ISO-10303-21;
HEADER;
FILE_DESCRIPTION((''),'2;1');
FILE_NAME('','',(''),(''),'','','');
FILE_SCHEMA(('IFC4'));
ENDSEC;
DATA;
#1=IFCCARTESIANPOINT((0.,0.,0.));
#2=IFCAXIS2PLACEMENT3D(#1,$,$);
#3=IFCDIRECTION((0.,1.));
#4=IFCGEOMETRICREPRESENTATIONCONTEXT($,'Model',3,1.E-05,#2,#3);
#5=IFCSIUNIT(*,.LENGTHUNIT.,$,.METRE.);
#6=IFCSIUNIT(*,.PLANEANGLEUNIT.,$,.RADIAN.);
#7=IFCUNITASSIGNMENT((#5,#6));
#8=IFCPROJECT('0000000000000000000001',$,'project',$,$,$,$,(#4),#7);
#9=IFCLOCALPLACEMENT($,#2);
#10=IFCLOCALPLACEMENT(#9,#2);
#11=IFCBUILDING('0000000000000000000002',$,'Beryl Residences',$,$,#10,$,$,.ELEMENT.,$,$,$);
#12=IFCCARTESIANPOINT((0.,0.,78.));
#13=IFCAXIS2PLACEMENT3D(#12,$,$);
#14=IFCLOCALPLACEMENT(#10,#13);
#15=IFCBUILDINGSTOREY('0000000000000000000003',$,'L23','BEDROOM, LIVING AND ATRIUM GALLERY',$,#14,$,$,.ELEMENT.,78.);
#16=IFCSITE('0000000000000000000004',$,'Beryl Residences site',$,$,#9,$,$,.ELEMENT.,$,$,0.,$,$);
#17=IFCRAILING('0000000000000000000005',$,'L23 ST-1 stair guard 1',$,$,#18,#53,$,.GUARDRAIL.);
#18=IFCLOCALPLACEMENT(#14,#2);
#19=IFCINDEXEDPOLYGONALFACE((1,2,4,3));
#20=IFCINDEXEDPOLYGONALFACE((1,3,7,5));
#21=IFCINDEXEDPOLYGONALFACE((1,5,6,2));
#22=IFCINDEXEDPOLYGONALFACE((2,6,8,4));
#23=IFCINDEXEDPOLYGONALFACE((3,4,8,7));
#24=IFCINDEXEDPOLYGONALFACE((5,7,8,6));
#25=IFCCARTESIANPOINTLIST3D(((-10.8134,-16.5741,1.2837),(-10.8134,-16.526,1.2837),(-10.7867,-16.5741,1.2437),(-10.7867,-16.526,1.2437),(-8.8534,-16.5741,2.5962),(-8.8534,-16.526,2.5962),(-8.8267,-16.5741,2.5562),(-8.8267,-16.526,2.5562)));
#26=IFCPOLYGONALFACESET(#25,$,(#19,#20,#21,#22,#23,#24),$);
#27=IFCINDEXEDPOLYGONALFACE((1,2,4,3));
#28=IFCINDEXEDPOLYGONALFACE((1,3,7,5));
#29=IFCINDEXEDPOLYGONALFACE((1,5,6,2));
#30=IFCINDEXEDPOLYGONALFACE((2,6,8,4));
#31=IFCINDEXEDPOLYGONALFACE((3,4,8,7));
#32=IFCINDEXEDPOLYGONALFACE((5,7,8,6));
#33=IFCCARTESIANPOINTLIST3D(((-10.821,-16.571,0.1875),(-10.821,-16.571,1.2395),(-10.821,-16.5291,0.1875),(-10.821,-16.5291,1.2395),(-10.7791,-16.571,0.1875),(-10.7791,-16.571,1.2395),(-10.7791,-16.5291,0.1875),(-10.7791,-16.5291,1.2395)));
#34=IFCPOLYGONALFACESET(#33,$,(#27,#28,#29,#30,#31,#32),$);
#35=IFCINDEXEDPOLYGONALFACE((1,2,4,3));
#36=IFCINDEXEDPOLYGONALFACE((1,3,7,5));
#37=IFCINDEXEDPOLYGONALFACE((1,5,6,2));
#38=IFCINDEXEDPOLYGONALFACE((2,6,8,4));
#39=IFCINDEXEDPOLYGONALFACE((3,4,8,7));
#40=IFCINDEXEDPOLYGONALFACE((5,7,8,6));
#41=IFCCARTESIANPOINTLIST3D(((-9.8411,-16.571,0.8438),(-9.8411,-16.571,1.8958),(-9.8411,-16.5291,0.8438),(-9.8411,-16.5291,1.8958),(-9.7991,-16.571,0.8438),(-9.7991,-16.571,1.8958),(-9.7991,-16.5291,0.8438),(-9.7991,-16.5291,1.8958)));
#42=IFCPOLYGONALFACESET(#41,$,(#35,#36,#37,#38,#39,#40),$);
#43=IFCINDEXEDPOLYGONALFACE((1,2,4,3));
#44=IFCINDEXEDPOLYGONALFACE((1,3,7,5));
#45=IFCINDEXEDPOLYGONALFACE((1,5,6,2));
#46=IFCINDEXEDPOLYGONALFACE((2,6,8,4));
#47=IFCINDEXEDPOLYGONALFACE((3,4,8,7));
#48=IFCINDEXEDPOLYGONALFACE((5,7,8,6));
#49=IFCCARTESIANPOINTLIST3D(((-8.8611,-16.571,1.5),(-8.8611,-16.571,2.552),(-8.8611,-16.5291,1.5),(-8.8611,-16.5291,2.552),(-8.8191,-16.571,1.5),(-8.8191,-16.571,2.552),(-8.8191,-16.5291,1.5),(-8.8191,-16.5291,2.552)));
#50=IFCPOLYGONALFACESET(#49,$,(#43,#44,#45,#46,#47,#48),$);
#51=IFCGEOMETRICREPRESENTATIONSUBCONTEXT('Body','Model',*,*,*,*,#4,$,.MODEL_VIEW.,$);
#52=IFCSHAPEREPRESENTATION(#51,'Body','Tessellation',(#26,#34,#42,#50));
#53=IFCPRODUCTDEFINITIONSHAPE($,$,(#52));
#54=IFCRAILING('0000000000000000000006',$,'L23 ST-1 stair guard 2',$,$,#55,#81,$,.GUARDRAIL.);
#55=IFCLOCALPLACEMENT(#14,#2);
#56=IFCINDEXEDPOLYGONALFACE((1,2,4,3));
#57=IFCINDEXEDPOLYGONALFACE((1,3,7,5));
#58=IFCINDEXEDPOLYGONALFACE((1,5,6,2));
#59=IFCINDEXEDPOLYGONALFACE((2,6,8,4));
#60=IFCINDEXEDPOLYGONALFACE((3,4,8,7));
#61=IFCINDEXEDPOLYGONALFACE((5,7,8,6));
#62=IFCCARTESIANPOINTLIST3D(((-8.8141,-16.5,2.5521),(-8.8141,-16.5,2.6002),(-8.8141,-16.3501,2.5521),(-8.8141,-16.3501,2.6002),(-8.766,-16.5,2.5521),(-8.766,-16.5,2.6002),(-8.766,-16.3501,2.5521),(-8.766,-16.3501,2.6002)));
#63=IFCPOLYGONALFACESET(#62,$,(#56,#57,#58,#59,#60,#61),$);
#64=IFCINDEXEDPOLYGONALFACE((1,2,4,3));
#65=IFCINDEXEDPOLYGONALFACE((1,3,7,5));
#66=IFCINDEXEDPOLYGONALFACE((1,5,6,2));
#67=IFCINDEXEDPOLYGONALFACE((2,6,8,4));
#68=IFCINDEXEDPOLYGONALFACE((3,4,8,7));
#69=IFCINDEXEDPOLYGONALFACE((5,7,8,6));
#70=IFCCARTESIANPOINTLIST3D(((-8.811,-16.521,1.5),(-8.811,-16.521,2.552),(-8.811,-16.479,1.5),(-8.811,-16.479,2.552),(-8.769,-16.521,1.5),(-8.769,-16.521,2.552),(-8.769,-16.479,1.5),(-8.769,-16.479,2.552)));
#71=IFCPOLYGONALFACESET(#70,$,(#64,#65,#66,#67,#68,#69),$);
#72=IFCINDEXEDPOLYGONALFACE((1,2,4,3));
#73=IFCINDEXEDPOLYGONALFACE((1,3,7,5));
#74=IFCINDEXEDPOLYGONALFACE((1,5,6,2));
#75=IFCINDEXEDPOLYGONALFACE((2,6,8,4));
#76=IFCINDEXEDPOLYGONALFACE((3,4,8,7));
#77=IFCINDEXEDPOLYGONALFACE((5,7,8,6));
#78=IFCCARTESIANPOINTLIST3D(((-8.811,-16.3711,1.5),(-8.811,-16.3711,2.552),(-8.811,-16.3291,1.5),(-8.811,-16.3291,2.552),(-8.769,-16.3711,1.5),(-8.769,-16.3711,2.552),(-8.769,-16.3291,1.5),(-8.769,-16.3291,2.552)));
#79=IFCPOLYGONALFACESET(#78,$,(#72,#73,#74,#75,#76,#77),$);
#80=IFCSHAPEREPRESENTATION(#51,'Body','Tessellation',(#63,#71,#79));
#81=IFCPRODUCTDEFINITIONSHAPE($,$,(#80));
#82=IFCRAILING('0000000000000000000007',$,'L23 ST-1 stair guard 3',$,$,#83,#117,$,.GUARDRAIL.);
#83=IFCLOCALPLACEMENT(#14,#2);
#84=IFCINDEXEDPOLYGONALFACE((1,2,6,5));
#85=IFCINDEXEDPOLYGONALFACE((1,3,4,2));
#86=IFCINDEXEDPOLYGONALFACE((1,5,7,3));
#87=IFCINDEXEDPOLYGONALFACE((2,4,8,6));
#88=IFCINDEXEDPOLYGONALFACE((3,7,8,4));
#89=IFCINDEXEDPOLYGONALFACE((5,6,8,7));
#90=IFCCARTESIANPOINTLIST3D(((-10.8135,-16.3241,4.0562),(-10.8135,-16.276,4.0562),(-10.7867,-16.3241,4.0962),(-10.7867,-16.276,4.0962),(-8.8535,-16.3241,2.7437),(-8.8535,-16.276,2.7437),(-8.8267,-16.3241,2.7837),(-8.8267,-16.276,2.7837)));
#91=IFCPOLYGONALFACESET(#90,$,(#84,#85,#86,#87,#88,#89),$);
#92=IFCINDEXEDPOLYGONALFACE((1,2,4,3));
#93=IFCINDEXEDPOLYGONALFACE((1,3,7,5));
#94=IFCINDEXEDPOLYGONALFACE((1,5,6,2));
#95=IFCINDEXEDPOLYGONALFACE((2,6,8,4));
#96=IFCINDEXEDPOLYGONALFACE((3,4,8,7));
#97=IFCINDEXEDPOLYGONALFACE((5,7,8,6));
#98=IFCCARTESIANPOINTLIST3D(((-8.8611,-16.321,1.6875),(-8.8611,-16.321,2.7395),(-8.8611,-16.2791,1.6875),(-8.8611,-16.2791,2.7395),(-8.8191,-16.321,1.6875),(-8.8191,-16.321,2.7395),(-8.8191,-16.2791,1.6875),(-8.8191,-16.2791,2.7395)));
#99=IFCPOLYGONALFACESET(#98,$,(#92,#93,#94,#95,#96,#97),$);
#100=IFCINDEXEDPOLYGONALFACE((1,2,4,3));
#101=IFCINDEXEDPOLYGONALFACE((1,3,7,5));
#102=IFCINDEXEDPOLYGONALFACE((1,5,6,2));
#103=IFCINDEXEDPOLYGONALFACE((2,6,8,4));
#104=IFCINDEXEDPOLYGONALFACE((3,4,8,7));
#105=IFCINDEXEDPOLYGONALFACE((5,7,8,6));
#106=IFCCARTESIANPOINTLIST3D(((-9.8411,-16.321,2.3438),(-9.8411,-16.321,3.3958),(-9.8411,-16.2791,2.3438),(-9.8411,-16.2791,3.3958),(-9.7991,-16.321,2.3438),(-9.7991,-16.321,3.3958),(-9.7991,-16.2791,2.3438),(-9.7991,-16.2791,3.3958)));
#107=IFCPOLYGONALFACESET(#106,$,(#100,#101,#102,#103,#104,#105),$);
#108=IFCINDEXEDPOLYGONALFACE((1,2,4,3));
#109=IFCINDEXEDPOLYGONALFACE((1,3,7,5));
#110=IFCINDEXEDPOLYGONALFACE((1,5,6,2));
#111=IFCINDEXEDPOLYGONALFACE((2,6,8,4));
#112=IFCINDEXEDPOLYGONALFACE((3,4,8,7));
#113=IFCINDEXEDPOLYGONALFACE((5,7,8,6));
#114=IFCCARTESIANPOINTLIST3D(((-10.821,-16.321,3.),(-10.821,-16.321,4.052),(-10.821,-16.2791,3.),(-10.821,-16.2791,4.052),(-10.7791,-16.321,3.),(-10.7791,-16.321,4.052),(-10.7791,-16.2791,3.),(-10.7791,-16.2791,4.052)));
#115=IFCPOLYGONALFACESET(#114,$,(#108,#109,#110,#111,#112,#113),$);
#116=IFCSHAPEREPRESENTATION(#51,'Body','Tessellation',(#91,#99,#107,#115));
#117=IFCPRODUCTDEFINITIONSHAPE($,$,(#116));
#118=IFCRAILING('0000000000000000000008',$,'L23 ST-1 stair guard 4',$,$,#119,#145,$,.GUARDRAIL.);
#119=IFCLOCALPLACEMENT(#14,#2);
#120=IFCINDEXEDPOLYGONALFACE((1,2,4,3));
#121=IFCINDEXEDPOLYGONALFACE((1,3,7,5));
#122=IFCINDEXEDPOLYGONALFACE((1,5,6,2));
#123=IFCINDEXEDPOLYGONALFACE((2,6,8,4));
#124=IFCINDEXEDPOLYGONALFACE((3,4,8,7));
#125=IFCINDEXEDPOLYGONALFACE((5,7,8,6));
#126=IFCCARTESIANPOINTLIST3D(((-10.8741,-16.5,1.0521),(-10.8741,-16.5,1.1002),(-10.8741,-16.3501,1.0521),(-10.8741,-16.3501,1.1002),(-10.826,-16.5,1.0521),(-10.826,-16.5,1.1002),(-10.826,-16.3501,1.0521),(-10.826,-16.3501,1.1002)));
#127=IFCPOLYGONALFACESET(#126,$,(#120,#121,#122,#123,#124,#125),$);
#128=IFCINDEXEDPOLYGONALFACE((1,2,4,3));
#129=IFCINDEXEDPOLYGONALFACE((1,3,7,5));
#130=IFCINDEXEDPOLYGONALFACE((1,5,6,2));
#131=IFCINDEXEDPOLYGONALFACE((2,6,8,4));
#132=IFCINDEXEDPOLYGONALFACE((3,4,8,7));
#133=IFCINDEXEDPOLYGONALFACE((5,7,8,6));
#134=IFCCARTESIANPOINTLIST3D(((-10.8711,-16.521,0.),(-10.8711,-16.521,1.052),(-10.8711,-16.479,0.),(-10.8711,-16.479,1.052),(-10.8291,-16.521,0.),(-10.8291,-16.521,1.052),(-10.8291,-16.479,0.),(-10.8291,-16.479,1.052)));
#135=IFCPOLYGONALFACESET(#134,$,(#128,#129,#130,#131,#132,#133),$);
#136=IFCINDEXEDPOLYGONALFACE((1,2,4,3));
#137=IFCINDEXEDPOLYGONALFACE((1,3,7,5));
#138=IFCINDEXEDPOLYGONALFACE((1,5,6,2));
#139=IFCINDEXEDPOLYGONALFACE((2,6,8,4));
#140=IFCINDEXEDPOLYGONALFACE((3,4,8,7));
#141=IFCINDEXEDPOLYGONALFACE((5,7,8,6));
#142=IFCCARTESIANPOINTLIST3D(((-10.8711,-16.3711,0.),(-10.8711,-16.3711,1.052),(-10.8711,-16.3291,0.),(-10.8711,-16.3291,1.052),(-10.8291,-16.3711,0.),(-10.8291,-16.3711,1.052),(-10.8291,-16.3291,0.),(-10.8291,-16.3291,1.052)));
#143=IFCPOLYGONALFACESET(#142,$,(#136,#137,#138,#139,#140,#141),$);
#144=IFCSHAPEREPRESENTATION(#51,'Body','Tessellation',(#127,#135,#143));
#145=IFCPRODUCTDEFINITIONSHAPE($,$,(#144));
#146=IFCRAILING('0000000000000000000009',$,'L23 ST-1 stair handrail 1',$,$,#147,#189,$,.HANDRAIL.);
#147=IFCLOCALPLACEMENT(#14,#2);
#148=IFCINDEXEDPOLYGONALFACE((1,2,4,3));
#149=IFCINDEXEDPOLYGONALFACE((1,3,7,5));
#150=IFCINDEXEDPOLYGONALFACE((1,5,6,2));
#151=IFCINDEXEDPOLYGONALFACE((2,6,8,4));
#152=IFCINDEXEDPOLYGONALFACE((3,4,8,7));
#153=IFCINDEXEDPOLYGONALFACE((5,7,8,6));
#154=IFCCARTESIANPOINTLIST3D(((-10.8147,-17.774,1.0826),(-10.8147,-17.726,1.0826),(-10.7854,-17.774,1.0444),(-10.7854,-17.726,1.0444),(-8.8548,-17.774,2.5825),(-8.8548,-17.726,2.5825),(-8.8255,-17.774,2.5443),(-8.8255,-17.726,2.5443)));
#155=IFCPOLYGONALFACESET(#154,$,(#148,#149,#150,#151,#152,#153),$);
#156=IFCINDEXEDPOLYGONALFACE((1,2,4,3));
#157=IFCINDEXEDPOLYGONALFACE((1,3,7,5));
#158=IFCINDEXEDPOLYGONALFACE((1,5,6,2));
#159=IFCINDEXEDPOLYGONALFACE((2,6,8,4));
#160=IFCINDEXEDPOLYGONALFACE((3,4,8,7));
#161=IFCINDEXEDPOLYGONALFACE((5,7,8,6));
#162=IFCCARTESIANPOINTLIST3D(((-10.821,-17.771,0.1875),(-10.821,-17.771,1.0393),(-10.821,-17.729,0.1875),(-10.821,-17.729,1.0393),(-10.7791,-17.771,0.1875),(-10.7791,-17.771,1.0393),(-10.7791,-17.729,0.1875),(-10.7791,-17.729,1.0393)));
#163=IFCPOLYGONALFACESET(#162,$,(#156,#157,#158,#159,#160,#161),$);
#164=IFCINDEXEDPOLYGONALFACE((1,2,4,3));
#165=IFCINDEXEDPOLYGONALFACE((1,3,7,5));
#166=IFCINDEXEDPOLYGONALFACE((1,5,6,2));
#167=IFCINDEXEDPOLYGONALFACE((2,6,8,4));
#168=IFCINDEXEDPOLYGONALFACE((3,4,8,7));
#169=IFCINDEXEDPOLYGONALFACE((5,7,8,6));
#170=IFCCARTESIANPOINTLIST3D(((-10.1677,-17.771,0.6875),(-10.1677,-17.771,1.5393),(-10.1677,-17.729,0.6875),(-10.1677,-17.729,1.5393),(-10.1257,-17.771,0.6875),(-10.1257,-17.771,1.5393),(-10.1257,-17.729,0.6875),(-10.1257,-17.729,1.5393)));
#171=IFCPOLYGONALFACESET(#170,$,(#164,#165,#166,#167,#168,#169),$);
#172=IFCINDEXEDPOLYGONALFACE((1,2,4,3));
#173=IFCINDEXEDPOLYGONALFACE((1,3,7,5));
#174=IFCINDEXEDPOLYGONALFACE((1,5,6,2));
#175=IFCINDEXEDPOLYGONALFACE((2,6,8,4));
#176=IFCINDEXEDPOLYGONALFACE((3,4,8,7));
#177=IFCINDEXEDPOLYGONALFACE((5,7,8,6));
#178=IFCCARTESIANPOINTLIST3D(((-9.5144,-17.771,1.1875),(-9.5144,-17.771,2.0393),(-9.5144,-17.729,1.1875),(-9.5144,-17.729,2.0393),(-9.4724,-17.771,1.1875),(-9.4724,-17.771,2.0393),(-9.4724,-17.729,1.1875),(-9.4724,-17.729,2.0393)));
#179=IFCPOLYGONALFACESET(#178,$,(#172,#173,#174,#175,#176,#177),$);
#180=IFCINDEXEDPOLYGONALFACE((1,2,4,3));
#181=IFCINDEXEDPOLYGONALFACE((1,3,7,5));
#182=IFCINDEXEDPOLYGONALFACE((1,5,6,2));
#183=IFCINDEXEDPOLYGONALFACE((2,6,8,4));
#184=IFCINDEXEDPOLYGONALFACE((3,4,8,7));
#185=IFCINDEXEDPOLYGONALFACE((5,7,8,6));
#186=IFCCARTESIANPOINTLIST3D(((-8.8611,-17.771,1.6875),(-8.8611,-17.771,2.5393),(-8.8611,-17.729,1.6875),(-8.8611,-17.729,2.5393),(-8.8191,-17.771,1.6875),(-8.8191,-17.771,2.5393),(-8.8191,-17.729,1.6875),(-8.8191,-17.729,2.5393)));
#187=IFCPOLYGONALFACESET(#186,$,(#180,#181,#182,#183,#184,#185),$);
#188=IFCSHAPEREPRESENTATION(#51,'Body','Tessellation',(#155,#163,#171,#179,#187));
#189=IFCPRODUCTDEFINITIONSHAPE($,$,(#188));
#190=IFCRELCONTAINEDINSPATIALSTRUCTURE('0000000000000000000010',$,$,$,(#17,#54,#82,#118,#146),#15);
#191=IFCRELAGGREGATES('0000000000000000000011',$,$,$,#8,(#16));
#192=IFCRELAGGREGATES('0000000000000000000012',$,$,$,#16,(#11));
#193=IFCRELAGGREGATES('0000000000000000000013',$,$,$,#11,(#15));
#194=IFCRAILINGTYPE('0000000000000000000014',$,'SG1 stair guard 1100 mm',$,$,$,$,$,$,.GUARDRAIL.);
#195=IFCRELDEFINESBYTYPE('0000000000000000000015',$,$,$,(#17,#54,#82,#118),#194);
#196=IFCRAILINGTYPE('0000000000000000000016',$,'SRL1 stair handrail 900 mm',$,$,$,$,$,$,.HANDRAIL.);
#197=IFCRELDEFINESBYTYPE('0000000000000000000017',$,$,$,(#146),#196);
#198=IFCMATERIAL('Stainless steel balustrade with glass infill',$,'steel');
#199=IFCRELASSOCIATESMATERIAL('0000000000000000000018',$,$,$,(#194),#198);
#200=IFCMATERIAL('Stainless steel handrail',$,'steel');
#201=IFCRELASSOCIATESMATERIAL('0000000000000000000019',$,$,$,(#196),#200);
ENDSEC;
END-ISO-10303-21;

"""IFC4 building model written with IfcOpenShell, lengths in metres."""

from ifc_helpers import new_model, si_unit, direction, frame, origin, origin_2d, place, context, subcontext, project, spatial, rectangle, extrude, material, type_object, element, save


model = new_model("IFC4")

# Units and contexts
model_context = context("Model", 3, precision=1e-05, world=origin(), true_north=direction((0.0, 1.0)))
body_context = subcontext(model_context, "Body", "Model", "MODEL_VIEW")
ifc_project = project(units=[si_unit("LENGTHUNIT", "METRE"), si_unit("PLANEANGLEUNIT", "RADIAN")], contexts=[model_context])

# Site, building, storey
site_placement = place(None, origin())
site = spatial("IfcSite", under=ifc_project, at=site_placement, Name="Beryl Residences site", CompositionType="ELEMENT", RefElevation=0.0)
building_placement = place(site_placement, origin())
building = spatial("IfcBuilding", under=site, at=building_placement, Name="Beryl Residences", CompositionType="ELEMENT")
storey_placement = place(building_placement, frame((0.0, 0.0, 78.0)))
storey = spatial("IfcBuildingStorey", under=building, at=storey_placement, Name="L23", Description="BEDROOM, LIVING AND ATRIUM GALLERY", CompositionType="ELEMENT", Elevation=78.0)

# Railings
ifc_material_1 = material(Name="Stainless steel balustrade with glass infill", Category="steel")
railing_type_1 = type_object("IfcRailingType", Name="SG1 stair guard 1100 mm", PredefinedType="GUARDRAIL", material=ifc_material_1)
railing_1_placement = place(storey_placement, frame((-10.8, -16.55, 0.1875)))
element("IfcRailing", 1, at=railing_1_placement, inside=storey, type_object=railing_type_1, Name="L23 ST-1 stair guard 1", PredefinedType="GUARDRAIL", context=body_context, shape_type="SweptSolid", body=[
    extrude(rectangle(XDim=0.0481, YDim=0.0481, at=origin_2d()), frame((0.0, 0.0, 1.0762), z_axis=(0.830902, 0.0, 0.556419), x_axis=(0.0, 1.0, 0.0)), (0.0, 0.0, 1.0), 2.3589),
    extrude(rectangle(XDim=0.042, YDim=0.042, at=origin_2d()), origin(), (0.0, 0.0, 1.0), 1.052),
    extrude(rectangle(XDim=0.042, YDim=0.042, at=origin_2d()), frame((0.98, 0.0, 0.6562)), (0.0, 0.0, 1.0), 1.052),
    extrude(rectangle(XDim=0.042, YDim=0.042, at=origin_2d()), frame((1.96, 0.0, 1.3125)), (0.0, 0.0, 1.0), 1.052),
])
railing_2_placement = place(storey_placement, frame((-8.79, -16.5, 1.5)))
element("IfcRailing", 2, at=railing_2_placement, inside=storey, type_object=railing_type_1, Name="L23 ST-1 stair guard 2", PredefinedType="GUARDRAIL", context=body_context, shape_type="SweptSolid", body=[
    extrude(rectangle(XDim=0.0481, YDim=0.0481, at=origin_2d()), frame((0.0, 0.0, 1.0762), z_axis=(0.0, 1.0, 0.0), x_axis=(-1.0, 0.0, 0.0)), (0.0, 0.0, 1.0), 0.1499),
    extrude(rectangle(XDim=0.042, YDim=0.042, at=origin_2d()), origin(), (0.0, 0.0, 1.0), 1.052),
    extrude(rectangle(XDim=0.042, YDim=0.042, at=origin_2d()), frame((0.0, 0.1499, 0.0)), (0.0, 0.0, 1.0), 1.052),
])
railing_3_placement = place(storey_placement, frame((-8.8401, -16.3, 1.6875)))
element("IfcRailing", 3, at=railing_3_placement, inside=storey, type_object=railing_type_1, Name="L23 ST-1 stair guard 3", PredefinedType="GUARDRAIL", context=body_context, shape_type="SweptSolid", body=[
    extrude(rectangle(XDim=0.0481, YDim=0.0481, at=origin_2d()), frame((0.0, 0.0, 1.0762), z_axis=(-0.830902, 0.0, 0.556419), x_axis=(0.0, -1.0, 0.0)), (0.0, 0.0, 1.0), 2.3589),
    extrude(rectangle(XDim=0.042, YDim=0.042, at=origin_2d()), origin(), (0.0, 0.0, 1.0), 1.052),
    extrude(rectangle(XDim=0.042, YDim=0.042, at=origin_2d()), frame((-0.98, 0.0, 0.6562)), (0.0, 0.0, 1.0), 1.052),
    extrude(rectangle(XDim=0.042, YDim=0.042, at=origin_2d()), frame((-1.96, 0.0, 1.3125)), (0.0, 0.0, 1.0), 1.052),
])
railing_4_placement = place(storey_placement, frame((-10.8501, -16.5, 0.0)))
element("IfcRailing", 4, at=railing_4_placement, inside=storey, type_object=railing_type_1, Name="L23 ST-1 stair guard 4", PredefinedType="GUARDRAIL", context=body_context, shape_type="SweptSolid", body=[
    extrude(rectangle(XDim=0.0481, YDim=0.0481, at=origin_2d()), frame((0.0, 0.0, 1.0762), z_axis=(0.0, 1.0, 0.0), x_axis=(-1.0, 0.0, 0.0)), (0.0, 0.0, 1.0), 0.1499),
    extrude(rectangle(XDim=0.042, YDim=0.042, at=origin_2d()), origin(), (0.0, 0.0, 1.0), 1.052),
    extrude(rectangle(XDim=0.042, YDim=0.042, at=origin_2d()), frame((0.0, 0.1499, 0.0)), (0.0, 0.0, 1.0), 1.052),
])
ifc_material_2 = material(Name="Stainless steel handrail", Category="steel")
railing_type_2 = type_object("IfcRailingType", Name="SRL1 stair handrail 900 mm", PredefinedType="HANDRAIL", material=ifc_material_2)
railing_5_placement = place(storey_placement, frame((-10.8, -17.75, 0.1875)))
element("IfcRailing", 5, at=railing_5_placement, inside=storey, type_object=railing_type_2, Name="L23 ST-1 stair handrail 1", PredefinedType="HANDRAIL", context=body_context, shape_type="SweptSolid", body=[
    extrude(rectangle(XDim=0.0481, YDim=0.0481, at=origin_2d()), frame((0.0, 0.0, 0.876), z_axis=(0.794122, 0.0, 0.607758), x_axis=(0.0, 1.0, 0.0)), (0.0, 0.0, 1.0), 2.468),
    extrude(rectangle(XDim=0.042, YDim=0.042, at=origin_2d()), origin(), (0.0, 0.0, 1.0), 0.8518),
    extrude(rectangle(XDim=0.042, YDim=0.042, at=origin_2d()), frame((0.6533, 0.0, 0.5)), (0.0, 0.0, 1.0), 0.8518),
    extrude(rectangle(XDim=0.042, YDim=0.042, at=origin_2d()), frame((1.3066, 0.0, 1.0)), (0.0, 0.0, 1.0), 0.8518),
    extrude(rectangle(XDim=0.042, YDim=0.042, at=origin_2d()), frame((1.96, 0.0, 1.5)), (0.0, 0.0, 1.0), 0.8518),
])

save(model, "model.ifc")
